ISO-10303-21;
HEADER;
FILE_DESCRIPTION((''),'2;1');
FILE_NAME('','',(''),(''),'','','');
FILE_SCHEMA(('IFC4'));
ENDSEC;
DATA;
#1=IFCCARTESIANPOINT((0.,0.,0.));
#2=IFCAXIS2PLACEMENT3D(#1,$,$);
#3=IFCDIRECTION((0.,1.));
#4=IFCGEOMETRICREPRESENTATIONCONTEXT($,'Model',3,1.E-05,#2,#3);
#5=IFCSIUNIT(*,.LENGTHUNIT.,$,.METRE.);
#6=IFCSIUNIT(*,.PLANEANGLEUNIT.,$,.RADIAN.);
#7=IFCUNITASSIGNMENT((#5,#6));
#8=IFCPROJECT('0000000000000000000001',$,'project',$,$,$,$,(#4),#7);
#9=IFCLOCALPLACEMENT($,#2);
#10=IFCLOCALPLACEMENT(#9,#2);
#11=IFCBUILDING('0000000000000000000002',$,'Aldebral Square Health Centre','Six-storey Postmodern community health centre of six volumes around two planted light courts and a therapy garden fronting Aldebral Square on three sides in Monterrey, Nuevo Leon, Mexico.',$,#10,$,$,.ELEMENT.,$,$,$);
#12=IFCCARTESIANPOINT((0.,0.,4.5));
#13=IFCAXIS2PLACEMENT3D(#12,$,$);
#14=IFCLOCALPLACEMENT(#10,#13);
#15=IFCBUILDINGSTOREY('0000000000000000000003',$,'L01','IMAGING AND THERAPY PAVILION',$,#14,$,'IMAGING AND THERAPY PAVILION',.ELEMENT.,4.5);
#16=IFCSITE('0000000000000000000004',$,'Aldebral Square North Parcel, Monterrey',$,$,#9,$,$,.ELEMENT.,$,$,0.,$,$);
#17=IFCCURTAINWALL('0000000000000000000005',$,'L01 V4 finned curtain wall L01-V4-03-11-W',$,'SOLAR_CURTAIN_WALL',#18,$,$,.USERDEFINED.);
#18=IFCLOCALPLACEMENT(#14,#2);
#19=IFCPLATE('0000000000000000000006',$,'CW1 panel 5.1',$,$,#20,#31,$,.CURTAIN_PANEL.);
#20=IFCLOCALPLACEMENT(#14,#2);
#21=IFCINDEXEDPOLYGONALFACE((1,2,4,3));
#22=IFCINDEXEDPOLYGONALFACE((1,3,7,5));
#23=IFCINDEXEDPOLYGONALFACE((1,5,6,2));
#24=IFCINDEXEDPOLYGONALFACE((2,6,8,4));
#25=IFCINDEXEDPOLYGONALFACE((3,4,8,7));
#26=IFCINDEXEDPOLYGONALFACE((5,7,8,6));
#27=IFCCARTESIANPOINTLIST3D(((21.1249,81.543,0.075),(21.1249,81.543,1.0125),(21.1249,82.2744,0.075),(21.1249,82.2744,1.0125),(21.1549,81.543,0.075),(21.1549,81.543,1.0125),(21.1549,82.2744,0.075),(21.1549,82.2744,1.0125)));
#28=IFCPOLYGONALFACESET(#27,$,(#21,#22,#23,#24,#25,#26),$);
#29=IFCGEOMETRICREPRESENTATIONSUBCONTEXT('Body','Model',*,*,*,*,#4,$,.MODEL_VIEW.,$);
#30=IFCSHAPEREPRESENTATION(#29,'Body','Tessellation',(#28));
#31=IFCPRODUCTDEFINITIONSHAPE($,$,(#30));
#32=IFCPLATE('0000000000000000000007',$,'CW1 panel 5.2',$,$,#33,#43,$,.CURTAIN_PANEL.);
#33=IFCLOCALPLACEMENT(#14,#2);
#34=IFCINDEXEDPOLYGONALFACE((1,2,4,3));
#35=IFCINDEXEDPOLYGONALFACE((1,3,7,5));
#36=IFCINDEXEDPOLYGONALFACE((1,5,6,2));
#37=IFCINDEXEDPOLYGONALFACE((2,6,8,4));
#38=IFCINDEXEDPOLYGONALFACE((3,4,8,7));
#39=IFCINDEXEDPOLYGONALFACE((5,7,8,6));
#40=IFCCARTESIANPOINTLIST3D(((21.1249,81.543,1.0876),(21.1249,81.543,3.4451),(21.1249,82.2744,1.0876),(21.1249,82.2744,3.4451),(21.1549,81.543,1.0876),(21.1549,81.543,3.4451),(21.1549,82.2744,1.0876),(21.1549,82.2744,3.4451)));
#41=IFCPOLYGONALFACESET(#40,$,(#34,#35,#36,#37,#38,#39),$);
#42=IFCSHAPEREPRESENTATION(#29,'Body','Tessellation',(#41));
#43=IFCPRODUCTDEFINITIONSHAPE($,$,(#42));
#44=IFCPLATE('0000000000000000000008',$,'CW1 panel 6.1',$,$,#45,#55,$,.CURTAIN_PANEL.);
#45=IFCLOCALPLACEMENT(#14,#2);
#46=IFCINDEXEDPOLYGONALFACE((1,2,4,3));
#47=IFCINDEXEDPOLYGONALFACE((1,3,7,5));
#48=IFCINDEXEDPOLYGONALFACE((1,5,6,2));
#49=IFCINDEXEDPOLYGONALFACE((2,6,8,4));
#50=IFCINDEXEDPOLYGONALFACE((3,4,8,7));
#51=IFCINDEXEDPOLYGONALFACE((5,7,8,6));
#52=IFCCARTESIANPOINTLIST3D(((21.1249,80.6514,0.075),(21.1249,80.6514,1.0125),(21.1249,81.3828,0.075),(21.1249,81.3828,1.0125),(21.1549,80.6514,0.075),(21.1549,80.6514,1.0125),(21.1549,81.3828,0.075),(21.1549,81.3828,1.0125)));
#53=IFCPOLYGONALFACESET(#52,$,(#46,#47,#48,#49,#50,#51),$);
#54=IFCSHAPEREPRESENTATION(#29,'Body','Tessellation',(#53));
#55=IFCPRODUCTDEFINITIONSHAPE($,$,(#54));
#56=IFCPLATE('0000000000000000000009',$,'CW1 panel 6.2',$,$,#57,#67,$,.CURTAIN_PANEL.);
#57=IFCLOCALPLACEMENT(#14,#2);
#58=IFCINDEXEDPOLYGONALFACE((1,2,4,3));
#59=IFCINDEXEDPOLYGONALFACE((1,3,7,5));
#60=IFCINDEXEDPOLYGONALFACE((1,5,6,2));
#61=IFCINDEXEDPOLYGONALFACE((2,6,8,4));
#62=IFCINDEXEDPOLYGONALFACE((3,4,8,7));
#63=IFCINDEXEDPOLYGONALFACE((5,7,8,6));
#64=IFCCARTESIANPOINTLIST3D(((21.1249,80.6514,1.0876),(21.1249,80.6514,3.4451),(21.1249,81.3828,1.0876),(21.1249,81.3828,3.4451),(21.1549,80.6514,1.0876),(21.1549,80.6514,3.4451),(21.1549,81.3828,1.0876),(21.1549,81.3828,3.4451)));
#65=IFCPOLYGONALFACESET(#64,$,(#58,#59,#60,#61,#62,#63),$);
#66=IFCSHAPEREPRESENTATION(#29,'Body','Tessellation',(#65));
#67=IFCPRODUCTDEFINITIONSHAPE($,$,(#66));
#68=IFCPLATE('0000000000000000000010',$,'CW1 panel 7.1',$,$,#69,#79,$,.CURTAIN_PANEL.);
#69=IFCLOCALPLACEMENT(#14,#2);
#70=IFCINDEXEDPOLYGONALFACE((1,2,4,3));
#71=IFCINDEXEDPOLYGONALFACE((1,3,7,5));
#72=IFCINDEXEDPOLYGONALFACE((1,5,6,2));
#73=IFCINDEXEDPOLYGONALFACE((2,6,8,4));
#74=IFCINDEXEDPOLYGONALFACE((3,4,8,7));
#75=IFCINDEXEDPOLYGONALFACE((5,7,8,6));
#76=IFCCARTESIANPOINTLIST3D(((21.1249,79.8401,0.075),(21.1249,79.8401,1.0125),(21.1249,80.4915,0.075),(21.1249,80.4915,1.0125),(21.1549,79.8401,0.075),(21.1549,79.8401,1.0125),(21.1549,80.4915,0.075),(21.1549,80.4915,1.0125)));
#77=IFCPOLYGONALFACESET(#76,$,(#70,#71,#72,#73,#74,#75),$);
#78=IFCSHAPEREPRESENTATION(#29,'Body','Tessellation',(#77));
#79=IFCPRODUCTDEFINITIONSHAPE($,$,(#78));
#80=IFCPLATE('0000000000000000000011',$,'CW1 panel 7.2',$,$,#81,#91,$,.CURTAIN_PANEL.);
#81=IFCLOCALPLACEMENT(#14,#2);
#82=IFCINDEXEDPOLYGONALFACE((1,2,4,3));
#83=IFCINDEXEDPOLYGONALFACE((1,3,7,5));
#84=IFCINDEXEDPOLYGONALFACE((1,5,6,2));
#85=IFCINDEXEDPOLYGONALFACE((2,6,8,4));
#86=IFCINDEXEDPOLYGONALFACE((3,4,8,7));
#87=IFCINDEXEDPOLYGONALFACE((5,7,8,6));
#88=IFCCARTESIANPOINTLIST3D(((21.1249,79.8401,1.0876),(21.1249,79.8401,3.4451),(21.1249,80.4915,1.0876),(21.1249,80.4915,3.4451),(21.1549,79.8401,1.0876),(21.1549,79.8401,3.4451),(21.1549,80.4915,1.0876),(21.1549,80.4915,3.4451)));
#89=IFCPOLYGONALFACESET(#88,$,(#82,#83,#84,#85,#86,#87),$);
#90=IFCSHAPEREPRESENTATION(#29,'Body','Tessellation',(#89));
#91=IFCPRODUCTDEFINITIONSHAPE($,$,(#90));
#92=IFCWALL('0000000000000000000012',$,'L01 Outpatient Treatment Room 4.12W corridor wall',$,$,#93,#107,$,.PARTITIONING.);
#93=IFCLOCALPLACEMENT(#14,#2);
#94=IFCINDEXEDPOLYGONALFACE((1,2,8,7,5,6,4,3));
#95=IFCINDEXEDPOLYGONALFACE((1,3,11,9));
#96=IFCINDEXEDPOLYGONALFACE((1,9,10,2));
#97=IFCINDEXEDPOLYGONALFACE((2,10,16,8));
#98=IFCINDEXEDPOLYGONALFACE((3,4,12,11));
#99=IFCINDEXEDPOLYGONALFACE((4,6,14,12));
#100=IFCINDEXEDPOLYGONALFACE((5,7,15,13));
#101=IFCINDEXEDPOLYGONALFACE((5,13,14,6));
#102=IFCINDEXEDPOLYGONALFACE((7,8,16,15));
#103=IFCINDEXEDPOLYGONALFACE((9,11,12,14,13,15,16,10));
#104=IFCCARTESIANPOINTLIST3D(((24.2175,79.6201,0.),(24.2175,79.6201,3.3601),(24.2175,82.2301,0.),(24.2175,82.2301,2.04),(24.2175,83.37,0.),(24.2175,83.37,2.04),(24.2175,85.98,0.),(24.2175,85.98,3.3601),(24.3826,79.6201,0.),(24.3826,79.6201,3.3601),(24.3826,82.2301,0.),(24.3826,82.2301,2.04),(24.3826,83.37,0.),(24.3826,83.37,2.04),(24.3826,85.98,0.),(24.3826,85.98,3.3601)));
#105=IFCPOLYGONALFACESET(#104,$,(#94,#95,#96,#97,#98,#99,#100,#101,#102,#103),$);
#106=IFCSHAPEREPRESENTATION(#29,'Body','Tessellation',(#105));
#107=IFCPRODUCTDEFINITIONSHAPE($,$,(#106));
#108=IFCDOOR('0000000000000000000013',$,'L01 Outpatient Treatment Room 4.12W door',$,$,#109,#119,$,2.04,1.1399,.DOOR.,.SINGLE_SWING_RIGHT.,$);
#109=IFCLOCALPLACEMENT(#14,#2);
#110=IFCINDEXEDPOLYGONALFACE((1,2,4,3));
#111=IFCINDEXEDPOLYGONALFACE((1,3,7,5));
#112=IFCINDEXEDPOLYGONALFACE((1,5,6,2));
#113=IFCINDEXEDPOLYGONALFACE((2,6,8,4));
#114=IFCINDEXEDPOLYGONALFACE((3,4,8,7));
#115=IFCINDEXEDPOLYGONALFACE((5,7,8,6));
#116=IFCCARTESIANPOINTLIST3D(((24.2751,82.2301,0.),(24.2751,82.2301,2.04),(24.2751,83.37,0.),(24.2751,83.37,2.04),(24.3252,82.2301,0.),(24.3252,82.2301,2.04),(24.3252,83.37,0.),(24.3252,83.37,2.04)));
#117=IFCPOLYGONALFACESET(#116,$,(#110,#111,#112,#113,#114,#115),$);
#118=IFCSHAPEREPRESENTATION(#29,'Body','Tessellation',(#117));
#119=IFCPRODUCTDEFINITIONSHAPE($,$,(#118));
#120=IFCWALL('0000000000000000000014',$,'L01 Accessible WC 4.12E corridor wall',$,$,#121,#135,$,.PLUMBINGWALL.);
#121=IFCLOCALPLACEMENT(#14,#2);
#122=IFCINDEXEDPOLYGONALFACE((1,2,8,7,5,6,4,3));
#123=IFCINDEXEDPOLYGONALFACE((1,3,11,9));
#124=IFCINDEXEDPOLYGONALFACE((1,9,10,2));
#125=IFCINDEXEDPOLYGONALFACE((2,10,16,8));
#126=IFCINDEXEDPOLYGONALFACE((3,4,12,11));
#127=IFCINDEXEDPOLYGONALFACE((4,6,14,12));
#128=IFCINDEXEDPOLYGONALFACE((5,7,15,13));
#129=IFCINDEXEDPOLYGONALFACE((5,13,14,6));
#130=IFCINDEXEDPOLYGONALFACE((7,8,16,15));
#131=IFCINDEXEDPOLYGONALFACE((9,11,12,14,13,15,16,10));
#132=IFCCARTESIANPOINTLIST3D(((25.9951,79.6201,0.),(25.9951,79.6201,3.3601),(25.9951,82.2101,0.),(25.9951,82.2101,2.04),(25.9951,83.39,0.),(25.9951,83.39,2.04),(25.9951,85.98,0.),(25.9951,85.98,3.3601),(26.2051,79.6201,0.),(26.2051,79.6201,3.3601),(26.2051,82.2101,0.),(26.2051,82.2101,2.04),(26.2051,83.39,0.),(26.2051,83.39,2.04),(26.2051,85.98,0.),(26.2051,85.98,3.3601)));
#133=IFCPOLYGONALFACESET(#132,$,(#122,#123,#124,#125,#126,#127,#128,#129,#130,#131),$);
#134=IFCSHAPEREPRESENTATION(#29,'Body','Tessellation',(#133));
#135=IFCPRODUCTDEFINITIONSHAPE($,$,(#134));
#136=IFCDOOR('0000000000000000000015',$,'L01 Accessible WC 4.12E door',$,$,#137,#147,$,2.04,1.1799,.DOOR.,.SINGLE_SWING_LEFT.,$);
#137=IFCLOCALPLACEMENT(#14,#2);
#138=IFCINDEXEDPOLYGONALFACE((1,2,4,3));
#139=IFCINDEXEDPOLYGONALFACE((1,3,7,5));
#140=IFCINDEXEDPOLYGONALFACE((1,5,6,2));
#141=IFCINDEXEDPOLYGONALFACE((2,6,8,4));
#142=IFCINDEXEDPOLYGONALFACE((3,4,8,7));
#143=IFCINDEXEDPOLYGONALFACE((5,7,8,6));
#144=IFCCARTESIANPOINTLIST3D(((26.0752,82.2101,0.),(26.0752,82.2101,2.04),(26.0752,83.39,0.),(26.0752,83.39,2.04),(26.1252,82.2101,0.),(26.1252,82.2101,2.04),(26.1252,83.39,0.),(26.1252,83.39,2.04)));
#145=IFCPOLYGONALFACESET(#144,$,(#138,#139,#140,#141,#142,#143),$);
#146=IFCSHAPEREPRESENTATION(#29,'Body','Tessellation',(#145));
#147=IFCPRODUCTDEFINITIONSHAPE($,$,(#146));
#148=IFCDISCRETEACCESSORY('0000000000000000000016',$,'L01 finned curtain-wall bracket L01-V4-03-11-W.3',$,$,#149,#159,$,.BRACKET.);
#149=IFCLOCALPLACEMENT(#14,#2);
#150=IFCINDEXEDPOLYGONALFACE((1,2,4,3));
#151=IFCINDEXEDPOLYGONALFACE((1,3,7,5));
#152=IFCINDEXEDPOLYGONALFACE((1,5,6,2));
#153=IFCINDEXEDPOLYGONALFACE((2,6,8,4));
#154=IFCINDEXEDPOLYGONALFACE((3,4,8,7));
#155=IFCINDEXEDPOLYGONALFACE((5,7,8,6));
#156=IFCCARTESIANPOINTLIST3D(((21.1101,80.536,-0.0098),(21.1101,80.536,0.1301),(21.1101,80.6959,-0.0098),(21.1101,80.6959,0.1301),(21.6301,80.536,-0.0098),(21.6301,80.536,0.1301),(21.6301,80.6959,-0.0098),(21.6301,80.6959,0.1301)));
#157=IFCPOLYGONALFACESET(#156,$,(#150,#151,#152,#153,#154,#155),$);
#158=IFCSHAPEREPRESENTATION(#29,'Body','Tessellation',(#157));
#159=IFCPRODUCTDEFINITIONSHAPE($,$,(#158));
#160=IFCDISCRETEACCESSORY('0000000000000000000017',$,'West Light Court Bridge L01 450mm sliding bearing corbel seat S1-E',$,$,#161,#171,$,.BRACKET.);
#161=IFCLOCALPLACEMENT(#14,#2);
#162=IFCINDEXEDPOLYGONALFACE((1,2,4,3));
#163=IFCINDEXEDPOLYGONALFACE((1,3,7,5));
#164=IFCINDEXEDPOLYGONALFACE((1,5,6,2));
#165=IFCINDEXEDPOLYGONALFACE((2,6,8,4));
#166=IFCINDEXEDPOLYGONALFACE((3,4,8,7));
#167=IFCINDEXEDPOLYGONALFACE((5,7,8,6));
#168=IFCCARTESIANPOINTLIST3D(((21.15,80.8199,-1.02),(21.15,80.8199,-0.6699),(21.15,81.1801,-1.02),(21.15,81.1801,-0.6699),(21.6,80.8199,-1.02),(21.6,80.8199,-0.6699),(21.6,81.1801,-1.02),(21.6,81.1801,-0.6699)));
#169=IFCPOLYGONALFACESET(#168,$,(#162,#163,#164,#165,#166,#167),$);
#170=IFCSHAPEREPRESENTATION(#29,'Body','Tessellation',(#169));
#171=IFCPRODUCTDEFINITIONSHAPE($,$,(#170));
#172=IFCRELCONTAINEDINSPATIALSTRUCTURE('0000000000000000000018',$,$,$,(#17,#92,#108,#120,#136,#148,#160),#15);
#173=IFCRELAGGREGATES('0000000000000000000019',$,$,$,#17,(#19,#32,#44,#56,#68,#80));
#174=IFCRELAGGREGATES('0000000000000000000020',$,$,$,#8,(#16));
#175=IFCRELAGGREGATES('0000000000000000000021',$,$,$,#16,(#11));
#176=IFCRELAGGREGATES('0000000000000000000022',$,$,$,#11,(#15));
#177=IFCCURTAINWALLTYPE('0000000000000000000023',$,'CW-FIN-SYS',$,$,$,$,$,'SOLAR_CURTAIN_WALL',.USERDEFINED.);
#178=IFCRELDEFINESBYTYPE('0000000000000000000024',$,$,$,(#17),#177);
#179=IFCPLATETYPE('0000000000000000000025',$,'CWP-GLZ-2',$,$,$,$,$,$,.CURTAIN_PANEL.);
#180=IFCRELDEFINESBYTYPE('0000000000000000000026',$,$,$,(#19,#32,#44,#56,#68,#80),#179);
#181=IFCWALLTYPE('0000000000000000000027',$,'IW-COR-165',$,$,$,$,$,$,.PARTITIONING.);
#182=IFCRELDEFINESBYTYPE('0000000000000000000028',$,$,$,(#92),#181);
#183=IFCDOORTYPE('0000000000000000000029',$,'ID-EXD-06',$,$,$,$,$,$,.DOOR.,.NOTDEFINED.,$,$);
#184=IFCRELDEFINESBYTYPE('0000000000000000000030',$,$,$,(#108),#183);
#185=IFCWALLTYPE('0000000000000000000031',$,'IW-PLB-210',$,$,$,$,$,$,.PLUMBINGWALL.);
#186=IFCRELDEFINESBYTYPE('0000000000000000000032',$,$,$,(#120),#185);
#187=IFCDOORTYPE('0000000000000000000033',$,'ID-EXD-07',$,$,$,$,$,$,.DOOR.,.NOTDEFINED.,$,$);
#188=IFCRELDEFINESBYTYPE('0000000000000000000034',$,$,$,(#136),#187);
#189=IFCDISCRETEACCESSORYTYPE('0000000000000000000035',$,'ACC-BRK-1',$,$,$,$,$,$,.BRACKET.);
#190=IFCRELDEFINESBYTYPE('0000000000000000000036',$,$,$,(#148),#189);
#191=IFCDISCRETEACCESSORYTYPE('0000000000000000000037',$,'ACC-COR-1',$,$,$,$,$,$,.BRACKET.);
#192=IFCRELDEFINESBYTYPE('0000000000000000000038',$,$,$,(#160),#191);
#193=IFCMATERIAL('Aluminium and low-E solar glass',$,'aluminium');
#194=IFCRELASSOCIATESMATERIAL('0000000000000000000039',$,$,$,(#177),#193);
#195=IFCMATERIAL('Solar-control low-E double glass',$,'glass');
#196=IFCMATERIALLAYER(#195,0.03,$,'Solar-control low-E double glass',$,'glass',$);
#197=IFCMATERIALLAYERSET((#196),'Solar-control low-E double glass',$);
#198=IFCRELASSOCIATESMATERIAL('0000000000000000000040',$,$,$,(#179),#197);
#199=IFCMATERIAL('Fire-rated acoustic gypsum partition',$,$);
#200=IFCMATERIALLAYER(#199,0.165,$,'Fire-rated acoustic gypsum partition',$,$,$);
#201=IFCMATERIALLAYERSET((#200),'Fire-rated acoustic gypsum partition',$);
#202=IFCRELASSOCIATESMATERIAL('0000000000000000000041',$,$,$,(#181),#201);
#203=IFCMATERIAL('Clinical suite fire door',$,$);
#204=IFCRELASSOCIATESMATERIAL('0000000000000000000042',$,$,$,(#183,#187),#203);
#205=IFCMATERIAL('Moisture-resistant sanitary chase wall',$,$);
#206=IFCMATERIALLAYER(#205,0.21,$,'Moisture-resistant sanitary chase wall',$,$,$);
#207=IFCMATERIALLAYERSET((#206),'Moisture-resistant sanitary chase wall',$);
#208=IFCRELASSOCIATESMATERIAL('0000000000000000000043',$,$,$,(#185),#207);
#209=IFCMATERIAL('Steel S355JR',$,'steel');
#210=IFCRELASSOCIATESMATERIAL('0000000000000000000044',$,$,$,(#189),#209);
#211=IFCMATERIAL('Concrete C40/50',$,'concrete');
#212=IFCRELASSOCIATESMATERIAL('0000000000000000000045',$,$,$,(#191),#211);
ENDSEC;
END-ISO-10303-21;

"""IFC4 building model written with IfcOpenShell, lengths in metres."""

from ifc_helpers import new_model, si_unit, direction, frame, frame_2d, origin, origin_2d, place, context, subcontext, project, spatial, rectangle, extrude, material, layer, layer_set, type_object, element, fill, aggregate, save


model = new_model("IFC4")

# Units and contexts
model_context = context("Model", 3, precision=1e-05, world=origin(), true_north=direction((0.0, 1.0)))
body_context = subcontext(model_context, "Body", "Model", "MODEL_VIEW")
ifc_project = project(units=[si_unit("LENGTHUNIT", "METRE"), si_unit("PLANEANGLEUNIT", "RADIAN")], contexts=[model_context])

# Site, building, storey
site_placement = place(None, origin())
site = spatial("IfcSite", under=ifc_project, at=site_placement, Name="Aldebral Square North Parcel, Monterrey", CompositionType="ELEMENT", RefElevation=0.0)
building_placement = place(site_placement, origin())
building = spatial("IfcBuilding", under=site, at=building_placement, Name="Aldebral Square Health Centre", Description="Six-storey Postmodern community health centre of six volumes around two planted light courts and a therapy garden fronting Aldebral Square on three sides in Monterrey, Nuevo Leon, Mexico.", CompositionType="ELEMENT")
storey_placement = place(building_placement, frame((0.0, 0.0, 4.5)))
storey = spatial("IfcBuildingStorey", under=building, at=storey_placement, Name="L01", Description="IMAGING AND THERAPY PAVILION", LongName="IMAGING AND THERAPY PAVILION", CompositionType="ELEMENT", Elevation=4.5)

# Curtain wall, plates
ifc_material_1 = material(Name="Aluminium and low-E solar glass", Category="aluminium")
curtain_wall_type = type_object("IfcCurtainWallType", Name="CW-FIN-SYS", ElementType="SOLAR_CURTAIN_WALL", PredefinedType="USERDEFINED", material=ifc_material_1)
curtain_wall_placement = place(storey_placement, origin())
curtain_wall = element("IfcCurtainWall", 1, at=curtain_wall_placement, inside=storey, type_object=curtain_wall_type, Name="L01 V4 finned curtain wall L01-V4-03-11-W", ObjectType="SOLAR_CURTAIN_WALL", PredefinedType="USERDEFINED")
ifc_material_2 = material(Name="Solar-control low-E double glass", Category="glass")
ifc_layer_1 = layer(ifc_material_2, 0.03, Name="Solar-control low-E double glass", Category="glass")
ifc_layer_set_1 = layer_set([ifc_layer_1], Name="Solar-control low-E double glass")
plate_type = type_object("IfcPlateType", Name="CWP-GLZ-2", PredefinedType="CURTAIN_PANEL", material=ifc_layer_set_1)
plate_1_placement = place(storey_placement, frame((21.1399, 81.9087, 0.075), z_axis=(0.0, 0.0, 1.0), x_axis=(0.0, -1.0, 0.0)))
plate_1 = element("IfcPlate", 2, at=plate_1_placement, type_object=plate_type, Name="CW1 panel 5.1", PredefinedType="CURTAIN_PANEL", context=body_context, shape_type="SweptSolid", body=[
    extrude(rectangle(XDim=0.7314, YDim=0.03, at=origin_2d()), origin(), (0.0, 0.0, 1.0), 0.9375),
])
plate_2_placement = place(storey_placement, frame((21.1399, 81.9087, 1.0876), z_axis=(0.0, 0.0, 1.0), x_axis=(0.0, -1.0, 0.0)))
plate_2 = element("IfcPlate", 3, at=plate_2_placement, type_object=plate_type, Name="CW1 panel 5.2", PredefinedType="CURTAIN_PANEL", context=body_context, shape_type="SweptSolid", body=[
    extrude(rectangle(XDim=0.7314, YDim=0.03, at=origin_2d()), origin(), (0.0, 0.0, 1.0), 2.3574),
])
plate_3_placement = place(storey_placement, frame((21.1399, 81.0171, 0.075), z_axis=(0.0, 0.0, 1.0), x_axis=(0.0, -1.0, 0.0)))
plate_3 = element("IfcPlate", 4, at=plate_3_placement, type_object=plate_type, Name="CW1 panel 6.1", PredefinedType="CURTAIN_PANEL", context=body_context, shape_type="SweptSolid", body=[
    extrude(rectangle(XDim=0.7314, YDim=0.03, at=origin_2d()), origin(), (0.0, 0.0, 1.0), 0.9375),
])
plate_4_placement = place(storey_placement, frame((21.1399, 81.0171, 1.0876), z_axis=(0.0, 0.0, 1.0), x_axis=(0.0, -1.0, 0.0)))
plate_4 = element("IfcPlate", 5, at=plate_4_placement, type_object=plate_type, Name="CW1 panel 6.2", PredefinedType="CURTAIN_PANEL", context=body_context, shape_type="SweptSolid", body=[
    extrude(rectangle(XDim=0.7314, YDim=0.03, at=origin_2d()), origin(), (0.0, 0.0, 1.0), 2.3574),
])
plate_5_placement = place(storey_placement, frame((21.1399, 80.1658, 0.075), z_axis=(0.0, 0.0, 1.0), x_axis=(0.0, -1.0, 0.0)))
plate_5 = element("IfcPlate", 6, at=plate_5_placement, type_object=plate_type, Name="CW1 panel 7.1", PredefinedType="CURTAIN_PANEL", context=body_context, shape_type="SweptSolid", body=[
    extrude(rectangle(XDim=0.6514, YDim=0.03, at=origin_2d()), origin(), (0.0, 0.0, 1.0), 0.9375),
])
plate_6_placement = place(storey_placement, frame((21.1399, 80.1658, 1.0876), z_axis=(0.0, 0.0, 1.0), x_axis=(0.0, -1.0, 0.0)))
plate_6 = element("IfcPlate", 7, at=plate_6_placement, type_object=plate_type, Name="CW1 panel 7.2", PredefinedType="CURTAIN_PANEL", context=body_context, shape_type="SweptSolid", body=[
    extrude(rectangle(XDim=0.6514, YDim=0.03, at=origin_2d()), origin(), (0.0, 0.0, 1.0), 2.3574),
])
aggregate(curtain_wall, [plate_1, plate_2, plate_3, plate_4, plate_5, plate_6])

# Walls, openings, doors
ifc_material_3 = material(Name="Fire-rated acoustic gypsum partition")
ifc_layer_2 = layer(ifc_material_3, 0.165, Name="Fire-rated acoustic gypsum partition")
ifc_layer_set_2 = layer_set([ifc_layer_2], Name="Fire-rated acoustic gypsum partition")
wall_type_1 = type_object("IfcWallType", Name="IW-COR-165", PredefinedType="PARTITIONING", material=ifc_layer_set_2)
wall_1_placement = place(storey_placement, frame((24.3, 79.6201, 0.0), z_axis=(0.0, 0.0, 1.0), x_axis=(0.0, 1.0, 0.0)))
wall_1 = element("IfcWall", 8, at=wall_1_placement, inside=storey, type_object=wall_type_1, Name="L01 Outpatient Treatment Room 4.12W corridor wall", PredefinedType="PARTITIONING", context=body_context, shape_type="SweptSolid", body=[
    extrude(rectangle(XDim=6.3599, YDim=0.165, at=frame_2d((3.1799, 0.0))), origin(), (0.0, 0.0, 1.0), 3.3601),
])
opening_1_placement = place(wall_1_placement, frame((2.6101, 0.0, 0.0)))
opening_1 = element("IfcOpeningElement", 9, at=opening_1_placement, cuts=wall_1, PredefinedType="OPENING", context=body_context, shape_type="SweptSolid", body=[
    extrude(rectangle(XDim=1.1399, YDim=2.04, at=frame_2d((0.5698, 1.02))), frame((0.0, 0.0925, 0.0), z_axis=(0.0, -1.0, 0.0), x_axis=(1.0, 0.0, 0.0)), (0.0, 0.0, 1.0), 0.1851),
])
ifc_material_4 = material(Name="Clinical suite fire door")
door_type_1 = type_object("IfcDoorType", Name="ID-EXD-06", OperationType="NOTDEFINED", PredefinedType="DOOR", material=ifc_material_4)
door_1_placement = place(opening_1_placement, origin())
door_1 = element("IfcDoor", 10, at=door_1_placement, inside=storey, type_object=door_type_1, Name="L01 Outpatient Treatment Room 4.12W door", OperationType="SINGLE_SWING_RIGHT", OverallHeight=2.04, OverallWidth=1.1399, PredefinedType="DOOR", context=body_context, shape_type="SweptSolid", body=[
    extrude(rectangle(XDim=1.1399, YDim=2.04, at=frame_2d((0.5698, 1.02))), frame((0.0, 0.0249, 0.0), z_axis=(0.0, -1.0, 0.0), x_axis=(1.0, 0.0, 0.0)), (0.0, 0.0, 1.0), 0.05),
])
fill(opening_1, door_1)
ifc_material_5 = material(Name="Moisture-resistant sanitary chase wall")
ifc_layer_3 = layer(ifc_material_5, 0.21, Name="Moisture-resistant sanitary chase wall")
ifc_layer_set_3 = layer_set([ifc_layer_3], Name="Moisture-resistant sanitary chase wall")
wall_type_2 = type_object("IfcWallType", Name="IW-PLB-210", PredefinedType="PLUMBINGWALL", material=ifc_layer_set_3)
wall_2_placement = place(storey_placement, frame((26.1001, 79.6201, 0.0), z_axis=(0.0, 0.0, 1.0), x_axis=(0.0, 1.0, 0.0)))
wall_2 = element("IfcWall", 11, at=wall_2_placement, inside=storey, type_object=wall_type_2, Name="L01 Accessible WC 4.12E corridor wall", PredefinedType="PLUMBINGWALL", context=body_context, shape_type="SweptSolid", body=[
    extrude(rectangle(XDim=6.3599, YDim=0.21, at=frame_2d((3.1799, 0.0))), origin(), (0.0, 0.0, 1.0), 3.3601),
])
opening_2_placement = place(wall_2_placement, frame((2.5901, 0.0, 0.0)))
opening_2 = element("IfcOpeningElement", 12, at=opening_2_placement, cuts=wall_2, PredefinedType="OPENING", context=body_context, shape_type="SweptSolid", body=[
    extrude(rectangle(XDim=1.1799, YDim=2.04, at=frame_2d((0.5898, 1.02))), frame((0.0, 0.115, 0.0), z_axis=(0.0, -1.0, 0.0), x_axis=(1.0, 0.0, 0.0)), (0.0, 0.0, 1.0), 0.23),
])
door_type_2 = type_object("IfcDoorType", Name="ID-EXD-07", OperationType="NOTDEFINED", PredefinedType="DOOR", material=ifc_material_4)
door_2_placement = place(opening_2_placement, origin())
door_2 = element("IfcDoor", 13, at=door_2_placement, inside=storey, type_object=door_type_2, Name="L01 Accessible WC 4.12E door", OperationType="SINGLE_SWING_LEFT", OverallHeight=2.04, OverallWidth=1.1799, PredefinedType="DOOR", context=body_context, shape_type="SweptSolid", body=[
    extrude(rectangle(XDim=1.1799, YDim=2.04, at=frame_2d((0.5898, 1.02))), frame((0.0, 0.0249, 0.0), z_axis=(0.0, -1.0, 0.0), x_axis=(1.0, 0.0, 0.0)), (0.0, 0.0, 1.0), 0.05),
])
fill(opening_2, door_2)

# Discrete accessories
ifc_material_6 = material(Name="Steel S355JR", Category="steel")
discrete_accessory_type_1 = type_object("IfcDiscreteAccessoryType", Name="ACC-BRK-1", PredefinedType="BRACKET", material=ifc_material_6)
discrete_accessory_1_placement = place(storey_placement, frame((21.3701, 80.616, -0.0098), z_axis=(0.0, 0.0, 1.0), x_axis=(0.0, 1.0, 0.0)))
element("IfcDiscreteAccessory", 14, at=discrete_accessory_1_placement, inside=storey, type_object=discrete_accessory_type_1, Name="L01 finned curtain-wall bracket L01-V4-03-11-W.3", PredefinedType="BRACKET", context=body_context, shape_type="SweptSolid", body=[
    extrude(rectangle(XDim=0.1599, YDim=0.52, at=origin_2d()), origin(), (0.0, 0.0, 1.0), 0.1399),
])
ifc_material_7 = material(Name="Concrete C40/50", Category="concrete")
discrete_accessory_type_2 = type_object("IfcDiscreteAccessoryType", Name="ACC-COR-1", PredefinedType="BRACKET", material=ifc_material_7)
discrete_accessory_2_placement = place(storey_placement, frame((21.375, 81.0, -1.02), z_axis=(0.0, 0.0, 1.0), x_axis=(1.0, 0.0, 0.0)))
element("IfcDiscreteAccessory", 15, at=discrete_accessory_2_placement, inside=storey, type_object=discrete_accessory_type_2, Name="West Light Court Bridge L01 450mm sliding bearing corbel seat S1-E", PredefinedType="BRACKET", context=body_context, shape_type="SweptSolid", body=[
    extrude(rectangle(XDim=0.45, YDim=0.3601, at=origin_2d()), origin(), (0.0, 0.0, 1.0), 0.3501),
])

save(model, "model.ifc")
